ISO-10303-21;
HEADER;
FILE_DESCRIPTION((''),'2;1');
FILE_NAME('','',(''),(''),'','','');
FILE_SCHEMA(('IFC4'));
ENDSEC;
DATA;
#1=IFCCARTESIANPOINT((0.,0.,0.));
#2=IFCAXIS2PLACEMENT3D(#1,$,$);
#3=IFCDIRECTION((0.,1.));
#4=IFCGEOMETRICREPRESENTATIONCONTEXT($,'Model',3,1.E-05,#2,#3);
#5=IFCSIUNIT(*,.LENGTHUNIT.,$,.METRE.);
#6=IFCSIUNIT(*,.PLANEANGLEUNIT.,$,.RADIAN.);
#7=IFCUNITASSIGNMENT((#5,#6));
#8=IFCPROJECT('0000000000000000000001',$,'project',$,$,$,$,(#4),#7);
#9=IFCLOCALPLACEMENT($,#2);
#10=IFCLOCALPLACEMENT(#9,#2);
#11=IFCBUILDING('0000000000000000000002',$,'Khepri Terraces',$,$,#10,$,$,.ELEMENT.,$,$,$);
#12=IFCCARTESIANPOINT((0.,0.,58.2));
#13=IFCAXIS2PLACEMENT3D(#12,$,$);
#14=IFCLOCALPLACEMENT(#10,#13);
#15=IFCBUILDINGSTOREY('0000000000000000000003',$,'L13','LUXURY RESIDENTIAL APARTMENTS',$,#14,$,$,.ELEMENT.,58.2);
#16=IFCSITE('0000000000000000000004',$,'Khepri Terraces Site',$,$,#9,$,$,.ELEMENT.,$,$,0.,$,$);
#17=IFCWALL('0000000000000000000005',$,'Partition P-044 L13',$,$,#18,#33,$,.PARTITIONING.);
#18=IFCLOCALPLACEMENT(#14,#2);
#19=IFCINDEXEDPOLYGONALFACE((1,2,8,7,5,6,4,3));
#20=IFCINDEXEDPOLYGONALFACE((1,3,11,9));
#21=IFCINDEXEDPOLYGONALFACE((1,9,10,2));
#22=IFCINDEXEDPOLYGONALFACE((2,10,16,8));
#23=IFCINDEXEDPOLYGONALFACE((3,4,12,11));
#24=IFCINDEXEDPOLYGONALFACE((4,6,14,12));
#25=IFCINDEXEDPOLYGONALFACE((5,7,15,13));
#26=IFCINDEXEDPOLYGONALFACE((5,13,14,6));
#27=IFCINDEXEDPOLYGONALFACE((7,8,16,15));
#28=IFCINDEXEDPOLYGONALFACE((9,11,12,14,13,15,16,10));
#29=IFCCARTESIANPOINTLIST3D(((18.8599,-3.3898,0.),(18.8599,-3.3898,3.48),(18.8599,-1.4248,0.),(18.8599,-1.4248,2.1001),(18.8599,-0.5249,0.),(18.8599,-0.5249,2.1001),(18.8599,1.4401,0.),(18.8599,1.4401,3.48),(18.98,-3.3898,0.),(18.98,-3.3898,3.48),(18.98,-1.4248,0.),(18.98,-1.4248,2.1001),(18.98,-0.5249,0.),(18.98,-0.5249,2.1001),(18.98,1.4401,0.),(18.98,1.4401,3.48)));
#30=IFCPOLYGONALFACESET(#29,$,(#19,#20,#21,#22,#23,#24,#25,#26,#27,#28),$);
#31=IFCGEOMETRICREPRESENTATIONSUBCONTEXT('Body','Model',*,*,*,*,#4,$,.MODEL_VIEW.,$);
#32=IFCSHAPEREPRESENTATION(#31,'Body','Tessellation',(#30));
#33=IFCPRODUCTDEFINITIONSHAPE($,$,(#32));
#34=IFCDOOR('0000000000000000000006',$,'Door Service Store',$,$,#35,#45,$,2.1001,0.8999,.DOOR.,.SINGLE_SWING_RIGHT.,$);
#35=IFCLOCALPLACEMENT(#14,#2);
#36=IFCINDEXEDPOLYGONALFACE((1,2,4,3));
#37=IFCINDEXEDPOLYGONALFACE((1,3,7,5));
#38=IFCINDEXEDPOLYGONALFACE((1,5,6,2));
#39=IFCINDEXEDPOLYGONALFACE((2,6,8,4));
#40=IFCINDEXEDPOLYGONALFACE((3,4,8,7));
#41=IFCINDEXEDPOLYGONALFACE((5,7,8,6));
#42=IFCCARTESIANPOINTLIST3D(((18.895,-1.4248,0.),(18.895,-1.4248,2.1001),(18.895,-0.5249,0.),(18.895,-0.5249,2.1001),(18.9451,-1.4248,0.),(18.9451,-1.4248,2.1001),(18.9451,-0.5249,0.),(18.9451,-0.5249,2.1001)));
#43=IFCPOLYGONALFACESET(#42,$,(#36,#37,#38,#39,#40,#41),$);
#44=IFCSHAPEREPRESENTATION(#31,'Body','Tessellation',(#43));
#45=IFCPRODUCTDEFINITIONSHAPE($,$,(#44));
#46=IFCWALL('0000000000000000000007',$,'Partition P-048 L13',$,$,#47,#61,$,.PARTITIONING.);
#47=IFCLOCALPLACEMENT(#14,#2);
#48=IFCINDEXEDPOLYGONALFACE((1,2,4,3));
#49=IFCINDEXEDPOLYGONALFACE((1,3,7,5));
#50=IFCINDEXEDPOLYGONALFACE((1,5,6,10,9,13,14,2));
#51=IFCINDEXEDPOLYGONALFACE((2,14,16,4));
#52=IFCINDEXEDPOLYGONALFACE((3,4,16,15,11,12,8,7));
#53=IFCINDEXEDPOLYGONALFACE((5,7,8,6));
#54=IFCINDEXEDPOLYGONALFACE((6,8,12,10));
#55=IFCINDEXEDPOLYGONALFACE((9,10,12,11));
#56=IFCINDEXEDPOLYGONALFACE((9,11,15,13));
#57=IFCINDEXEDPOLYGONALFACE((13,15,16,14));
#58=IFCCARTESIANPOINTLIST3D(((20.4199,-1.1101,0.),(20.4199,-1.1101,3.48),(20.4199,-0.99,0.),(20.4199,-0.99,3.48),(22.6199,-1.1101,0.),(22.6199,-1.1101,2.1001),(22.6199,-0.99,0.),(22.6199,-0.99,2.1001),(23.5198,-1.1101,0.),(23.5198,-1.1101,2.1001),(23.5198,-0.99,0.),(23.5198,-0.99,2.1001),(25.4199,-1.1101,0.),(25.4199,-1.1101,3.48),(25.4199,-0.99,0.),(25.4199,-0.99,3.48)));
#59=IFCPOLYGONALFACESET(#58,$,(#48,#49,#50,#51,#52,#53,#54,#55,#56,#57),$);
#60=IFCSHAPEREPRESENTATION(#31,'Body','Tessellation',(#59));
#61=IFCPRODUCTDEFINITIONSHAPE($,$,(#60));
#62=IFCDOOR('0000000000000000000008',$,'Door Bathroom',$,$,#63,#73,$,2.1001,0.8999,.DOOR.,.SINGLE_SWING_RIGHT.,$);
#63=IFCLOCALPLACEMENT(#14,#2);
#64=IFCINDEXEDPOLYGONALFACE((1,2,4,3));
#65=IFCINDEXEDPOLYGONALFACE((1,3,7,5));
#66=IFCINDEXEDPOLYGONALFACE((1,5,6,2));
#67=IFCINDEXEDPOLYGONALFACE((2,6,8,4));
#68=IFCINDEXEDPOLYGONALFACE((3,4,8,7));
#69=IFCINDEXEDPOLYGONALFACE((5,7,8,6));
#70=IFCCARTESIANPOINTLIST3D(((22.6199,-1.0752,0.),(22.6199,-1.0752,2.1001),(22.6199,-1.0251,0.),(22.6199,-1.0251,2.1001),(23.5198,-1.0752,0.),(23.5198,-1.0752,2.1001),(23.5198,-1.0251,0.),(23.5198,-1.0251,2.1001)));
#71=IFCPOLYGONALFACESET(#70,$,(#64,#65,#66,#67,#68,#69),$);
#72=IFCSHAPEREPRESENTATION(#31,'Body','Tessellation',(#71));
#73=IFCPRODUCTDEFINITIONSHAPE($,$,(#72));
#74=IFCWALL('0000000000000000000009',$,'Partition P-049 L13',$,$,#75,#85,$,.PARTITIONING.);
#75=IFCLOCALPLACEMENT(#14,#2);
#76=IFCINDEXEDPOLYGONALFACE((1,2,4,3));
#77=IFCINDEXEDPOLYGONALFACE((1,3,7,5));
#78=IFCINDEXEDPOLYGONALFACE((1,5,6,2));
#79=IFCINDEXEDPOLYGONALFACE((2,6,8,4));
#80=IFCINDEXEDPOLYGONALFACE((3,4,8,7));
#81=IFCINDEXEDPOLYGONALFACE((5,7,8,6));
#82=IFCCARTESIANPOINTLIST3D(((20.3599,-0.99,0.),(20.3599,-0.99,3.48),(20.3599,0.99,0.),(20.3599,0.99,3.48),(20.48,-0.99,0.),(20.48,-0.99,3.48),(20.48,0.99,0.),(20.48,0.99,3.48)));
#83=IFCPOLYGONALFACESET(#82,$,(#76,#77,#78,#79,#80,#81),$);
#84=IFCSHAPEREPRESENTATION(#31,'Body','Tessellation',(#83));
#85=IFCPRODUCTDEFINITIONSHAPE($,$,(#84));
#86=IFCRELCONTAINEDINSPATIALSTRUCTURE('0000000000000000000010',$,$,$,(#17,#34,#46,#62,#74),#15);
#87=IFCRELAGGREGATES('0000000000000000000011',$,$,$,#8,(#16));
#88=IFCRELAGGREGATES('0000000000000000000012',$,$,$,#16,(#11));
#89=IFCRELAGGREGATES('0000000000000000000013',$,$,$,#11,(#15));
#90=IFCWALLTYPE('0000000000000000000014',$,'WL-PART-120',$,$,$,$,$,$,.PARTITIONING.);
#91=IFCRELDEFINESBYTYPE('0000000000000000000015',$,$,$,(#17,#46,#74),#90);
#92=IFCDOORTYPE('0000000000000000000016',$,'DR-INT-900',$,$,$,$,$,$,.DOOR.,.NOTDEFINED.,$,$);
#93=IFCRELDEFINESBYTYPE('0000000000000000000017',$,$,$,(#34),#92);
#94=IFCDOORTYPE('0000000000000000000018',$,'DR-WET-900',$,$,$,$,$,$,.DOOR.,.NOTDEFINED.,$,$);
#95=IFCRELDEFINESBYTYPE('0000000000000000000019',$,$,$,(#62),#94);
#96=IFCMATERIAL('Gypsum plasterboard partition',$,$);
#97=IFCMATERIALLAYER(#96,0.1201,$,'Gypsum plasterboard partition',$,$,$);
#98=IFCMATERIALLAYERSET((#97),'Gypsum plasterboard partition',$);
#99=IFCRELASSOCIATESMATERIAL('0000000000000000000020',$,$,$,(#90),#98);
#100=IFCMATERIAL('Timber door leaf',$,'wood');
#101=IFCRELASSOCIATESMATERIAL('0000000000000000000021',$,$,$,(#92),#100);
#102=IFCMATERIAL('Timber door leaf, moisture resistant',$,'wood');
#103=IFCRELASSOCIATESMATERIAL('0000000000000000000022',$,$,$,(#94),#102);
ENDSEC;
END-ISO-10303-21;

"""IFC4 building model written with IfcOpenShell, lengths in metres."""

from ifc_helpers import new_model, si_unit, direction, frame, frame_2d, origin, place, context, subcontext, project, spatial, rectangle, extrude, material, layer, layer_set, type_object, element, fill, save


model = new_model("IFC4")

# Units and contexts
model_context = context("Model", 3, precision=1e-05, world=origin(), true_north=direction((0.0, 1.0)))
body_context = subcontext(model_context, "Body", "Model", "MODEL_VIEW")
ifc_project = project(units=[si_unit("LENGTHUNIT", "METRE"), si_unit("PLANEANGLEUNIT", "RADIAN")], contexts=[model_context])

# Site, building, storey
site_placement = place(None, origin())
site = spatial("IfcSite", under=ifc_project, at=site_placement, Name="Khepri Terraces Site", CompositionType="ELEMENT", RefElevation=0.0)
building_placement = place(site_placement, origin())
building = spatial("IfcBuilding", under=site, at=building_placement, Name="Khepri Terraces", CompositionType="ELEMENT")
storey_placement = place(building_placement, frame((0.0, 0.0, 58.2)))
storey = spatial("IfcBuildingStorey", under=building, at=storey_placement, Name="L13", Description="LUXURY RESIDENTIAL APARTMENTS", CompositionType="ELEMENT", Elevation=58.2)

# Shared definitions
ifc_material_1 = material(Name="Gypsum plasterboard partition")
ifc_layer_1 = layer(ifc_material_1, 0.1201, Name="Gypsum plasterboard partition")
ifc_layer_set_1 = layer_set([ifc_layer_1], Name="Gypsum plasterboard partition")
wall_type_1 = type_object("IfcWallType", Name="WL-PART-120", PredefinedType="PARTITIONING", material=ifc_layer_set_1)

# Shared definitions
ifc_material_2 = material(Name="Timber door leaf", Category="wood")
door_type_1 = type_object("IfcDoorType", Name="DR-INT-900", OperationType="NOTDEFINED", PredefinedType="DOOR", material=ifc_material_2)

# Shared definitions
ifc_material_3 = material(Name="Timber door leaf, moisture resistant", Category="wood")
door_type_2 = type_object("IfcDoorType", Name="DR-WET-900", OperationType="NOTDEFINED", PredefinedType="DOOR", material=ifc_material_3)

# Walls, openings, doors
wall_1_placement = place(storey_placement, frame((18.9199, -3.3899, 0.0), z_axis=(0.0, 0.0, 1.0), x_axis=(0.0, 1.0, 0.0)))
wall_1 = element("IfcWall", 1, at=wall_1_placement, inside=storey, type_object=wall_type_1, Name="Partition P-044 L13", PredefinedType="PARTITIONING", context=body_context, shape_type="SweptSolid", body=[
    extrude(rectangle(XDim=4.8298, YDim=0.1201, at=frame_2d((2.415, 0.0))), origin(), (0.0, 0.0, 1.0), 3.48),
])
opening_1_placement = place(wall_1_placement, frame((1.9651, 0.0, 0.0)))
opening_1 = element("IfcOpeningElement", 2, at=opening_1_placement, cuts=wall_1, PredefinedType="OPENING", context=body_context, shape_type="SweptSolid", body=[
    extrude(rectangle(XDim=0.8999, YDim=2.1001, at=frame_2d((0.45, 1.05))), frame((0.0, 0.0701, 0.0), z_axis=(0.0, -1.0, 0.0), x_axis=(1.0, 0.0, 0.0)), (0.0, 0.0, 1.0), 0.1401),
])
door_1_placement = place(opening_1_placement, origin())
door_1 = element("IfcDoor", 3, at=door_1_placement, inside=storey, type_object=door_type_1, Name="Door Service Store", OperationType="SINGLE_SWING_RIGHT", OverallHeight=2.1001, OverallWidth=0.8999, PredefinedType="DOOR", context=body_context, shape_type="SweptSolid", body=[
    extrude(rectangle(XDim=0.8999, YDim=2.1001, at=frame_2d((0.45, 1.05))), frame((0.0, 0.0249, 0.0), z_axis=(0.0, -1.0, 0.0), x_axis=(1.0, 0.0, 0.0)), (0.0, 0.0, 1.0), 0.05),
])
fill(opening_1, door_1)
wall_2_placement = place(storey_placement, frame((20.4199, -1.05, 0.0), z_axis=(0.0, 0.0, 1.0), x_axis=(1.0, 0.0, 0.0)))
wall_2 = element("IfcWall", 4, at=wall_2_placement, inside=storey, type_object=wall_type_1, Name="Partition P-048 L13", PredefinedType="PARTITIONING", context=body_context, shape_type="SweptSolid", body=[
    extrude(rectangle(XDim=5.0, YDim=0.1201, at=frame_2d((2.5, 0.0))), origin(), (0.0, 0.0, 1.0), 3.48),
])
opening_2_placement = place(wall_2_placement, frame((2.2, 0.0, 0.0)))
opening_2 = element("IfcOpeningElement", 5, at=opening_2_placement, cuts=wall_2, PredefinedType="OPENING", context=body_context, shape_type="SweptSolid", body=[
    extrude(rectangle(XDim=0.8999, YDim=2.1001, at=frame_2d((0.45, 1.05))), frame((0.0, 0.0701, 0.0), z_axis=(0.0, -1.0, 0.0), x_axis=(1.0, 0.0, 0.0)), (0.0, 0.0, 1.0), 0.1401),
])
door_2_placement = place(opening_2_placement, origin())
door_2 = element("IfcDoor", 6, at=door_2_placement, inside=storey, type_object=door_type_2, Name="Door Bathroom", OperationType="SINGLE_SWING_RIGHT", OverallHeight=2.1001, OverallWidth=0.8999, PredefinedType="DOOR", context=body_context, shape_type="SweptSolid", body=[
    extrude(rectangle(XDim=0.8999, YDim=2.1001, at=frame_2d((0.45, 1.05))), frame((0.0, 0.0249, 0.0), z_axis=(0.0, -1.0, 0.0), x_axis=(1.0, 0.0, 0.0)), (0.0, 0.0, 1.0), 0.05),
])
fill(opening_2, door_2)

# Wall
wall_3_placement = place(storey_placement, frame((20.4199, -0.99, 0.0), z_axis=(0.0, 0.0, 1.0), x_axis=(0.0, 1.0, 0.0)))
element("IfcWall", 7, at=wall_3_placement, inside=storey, type_object=wall_type_1, Name="Partition P-049 L13", PredefinedType="PARTITIONING", context=body_context, shape_type="SweptSolid", body=[
    extrude(rectangle(XDim=1.98, YDim=0.1201, at=frame_2d((0.99, 0.0))), origin(), (0.0, 0.0, 1.0), 3.48),
])

save(model, "model.ifc")
